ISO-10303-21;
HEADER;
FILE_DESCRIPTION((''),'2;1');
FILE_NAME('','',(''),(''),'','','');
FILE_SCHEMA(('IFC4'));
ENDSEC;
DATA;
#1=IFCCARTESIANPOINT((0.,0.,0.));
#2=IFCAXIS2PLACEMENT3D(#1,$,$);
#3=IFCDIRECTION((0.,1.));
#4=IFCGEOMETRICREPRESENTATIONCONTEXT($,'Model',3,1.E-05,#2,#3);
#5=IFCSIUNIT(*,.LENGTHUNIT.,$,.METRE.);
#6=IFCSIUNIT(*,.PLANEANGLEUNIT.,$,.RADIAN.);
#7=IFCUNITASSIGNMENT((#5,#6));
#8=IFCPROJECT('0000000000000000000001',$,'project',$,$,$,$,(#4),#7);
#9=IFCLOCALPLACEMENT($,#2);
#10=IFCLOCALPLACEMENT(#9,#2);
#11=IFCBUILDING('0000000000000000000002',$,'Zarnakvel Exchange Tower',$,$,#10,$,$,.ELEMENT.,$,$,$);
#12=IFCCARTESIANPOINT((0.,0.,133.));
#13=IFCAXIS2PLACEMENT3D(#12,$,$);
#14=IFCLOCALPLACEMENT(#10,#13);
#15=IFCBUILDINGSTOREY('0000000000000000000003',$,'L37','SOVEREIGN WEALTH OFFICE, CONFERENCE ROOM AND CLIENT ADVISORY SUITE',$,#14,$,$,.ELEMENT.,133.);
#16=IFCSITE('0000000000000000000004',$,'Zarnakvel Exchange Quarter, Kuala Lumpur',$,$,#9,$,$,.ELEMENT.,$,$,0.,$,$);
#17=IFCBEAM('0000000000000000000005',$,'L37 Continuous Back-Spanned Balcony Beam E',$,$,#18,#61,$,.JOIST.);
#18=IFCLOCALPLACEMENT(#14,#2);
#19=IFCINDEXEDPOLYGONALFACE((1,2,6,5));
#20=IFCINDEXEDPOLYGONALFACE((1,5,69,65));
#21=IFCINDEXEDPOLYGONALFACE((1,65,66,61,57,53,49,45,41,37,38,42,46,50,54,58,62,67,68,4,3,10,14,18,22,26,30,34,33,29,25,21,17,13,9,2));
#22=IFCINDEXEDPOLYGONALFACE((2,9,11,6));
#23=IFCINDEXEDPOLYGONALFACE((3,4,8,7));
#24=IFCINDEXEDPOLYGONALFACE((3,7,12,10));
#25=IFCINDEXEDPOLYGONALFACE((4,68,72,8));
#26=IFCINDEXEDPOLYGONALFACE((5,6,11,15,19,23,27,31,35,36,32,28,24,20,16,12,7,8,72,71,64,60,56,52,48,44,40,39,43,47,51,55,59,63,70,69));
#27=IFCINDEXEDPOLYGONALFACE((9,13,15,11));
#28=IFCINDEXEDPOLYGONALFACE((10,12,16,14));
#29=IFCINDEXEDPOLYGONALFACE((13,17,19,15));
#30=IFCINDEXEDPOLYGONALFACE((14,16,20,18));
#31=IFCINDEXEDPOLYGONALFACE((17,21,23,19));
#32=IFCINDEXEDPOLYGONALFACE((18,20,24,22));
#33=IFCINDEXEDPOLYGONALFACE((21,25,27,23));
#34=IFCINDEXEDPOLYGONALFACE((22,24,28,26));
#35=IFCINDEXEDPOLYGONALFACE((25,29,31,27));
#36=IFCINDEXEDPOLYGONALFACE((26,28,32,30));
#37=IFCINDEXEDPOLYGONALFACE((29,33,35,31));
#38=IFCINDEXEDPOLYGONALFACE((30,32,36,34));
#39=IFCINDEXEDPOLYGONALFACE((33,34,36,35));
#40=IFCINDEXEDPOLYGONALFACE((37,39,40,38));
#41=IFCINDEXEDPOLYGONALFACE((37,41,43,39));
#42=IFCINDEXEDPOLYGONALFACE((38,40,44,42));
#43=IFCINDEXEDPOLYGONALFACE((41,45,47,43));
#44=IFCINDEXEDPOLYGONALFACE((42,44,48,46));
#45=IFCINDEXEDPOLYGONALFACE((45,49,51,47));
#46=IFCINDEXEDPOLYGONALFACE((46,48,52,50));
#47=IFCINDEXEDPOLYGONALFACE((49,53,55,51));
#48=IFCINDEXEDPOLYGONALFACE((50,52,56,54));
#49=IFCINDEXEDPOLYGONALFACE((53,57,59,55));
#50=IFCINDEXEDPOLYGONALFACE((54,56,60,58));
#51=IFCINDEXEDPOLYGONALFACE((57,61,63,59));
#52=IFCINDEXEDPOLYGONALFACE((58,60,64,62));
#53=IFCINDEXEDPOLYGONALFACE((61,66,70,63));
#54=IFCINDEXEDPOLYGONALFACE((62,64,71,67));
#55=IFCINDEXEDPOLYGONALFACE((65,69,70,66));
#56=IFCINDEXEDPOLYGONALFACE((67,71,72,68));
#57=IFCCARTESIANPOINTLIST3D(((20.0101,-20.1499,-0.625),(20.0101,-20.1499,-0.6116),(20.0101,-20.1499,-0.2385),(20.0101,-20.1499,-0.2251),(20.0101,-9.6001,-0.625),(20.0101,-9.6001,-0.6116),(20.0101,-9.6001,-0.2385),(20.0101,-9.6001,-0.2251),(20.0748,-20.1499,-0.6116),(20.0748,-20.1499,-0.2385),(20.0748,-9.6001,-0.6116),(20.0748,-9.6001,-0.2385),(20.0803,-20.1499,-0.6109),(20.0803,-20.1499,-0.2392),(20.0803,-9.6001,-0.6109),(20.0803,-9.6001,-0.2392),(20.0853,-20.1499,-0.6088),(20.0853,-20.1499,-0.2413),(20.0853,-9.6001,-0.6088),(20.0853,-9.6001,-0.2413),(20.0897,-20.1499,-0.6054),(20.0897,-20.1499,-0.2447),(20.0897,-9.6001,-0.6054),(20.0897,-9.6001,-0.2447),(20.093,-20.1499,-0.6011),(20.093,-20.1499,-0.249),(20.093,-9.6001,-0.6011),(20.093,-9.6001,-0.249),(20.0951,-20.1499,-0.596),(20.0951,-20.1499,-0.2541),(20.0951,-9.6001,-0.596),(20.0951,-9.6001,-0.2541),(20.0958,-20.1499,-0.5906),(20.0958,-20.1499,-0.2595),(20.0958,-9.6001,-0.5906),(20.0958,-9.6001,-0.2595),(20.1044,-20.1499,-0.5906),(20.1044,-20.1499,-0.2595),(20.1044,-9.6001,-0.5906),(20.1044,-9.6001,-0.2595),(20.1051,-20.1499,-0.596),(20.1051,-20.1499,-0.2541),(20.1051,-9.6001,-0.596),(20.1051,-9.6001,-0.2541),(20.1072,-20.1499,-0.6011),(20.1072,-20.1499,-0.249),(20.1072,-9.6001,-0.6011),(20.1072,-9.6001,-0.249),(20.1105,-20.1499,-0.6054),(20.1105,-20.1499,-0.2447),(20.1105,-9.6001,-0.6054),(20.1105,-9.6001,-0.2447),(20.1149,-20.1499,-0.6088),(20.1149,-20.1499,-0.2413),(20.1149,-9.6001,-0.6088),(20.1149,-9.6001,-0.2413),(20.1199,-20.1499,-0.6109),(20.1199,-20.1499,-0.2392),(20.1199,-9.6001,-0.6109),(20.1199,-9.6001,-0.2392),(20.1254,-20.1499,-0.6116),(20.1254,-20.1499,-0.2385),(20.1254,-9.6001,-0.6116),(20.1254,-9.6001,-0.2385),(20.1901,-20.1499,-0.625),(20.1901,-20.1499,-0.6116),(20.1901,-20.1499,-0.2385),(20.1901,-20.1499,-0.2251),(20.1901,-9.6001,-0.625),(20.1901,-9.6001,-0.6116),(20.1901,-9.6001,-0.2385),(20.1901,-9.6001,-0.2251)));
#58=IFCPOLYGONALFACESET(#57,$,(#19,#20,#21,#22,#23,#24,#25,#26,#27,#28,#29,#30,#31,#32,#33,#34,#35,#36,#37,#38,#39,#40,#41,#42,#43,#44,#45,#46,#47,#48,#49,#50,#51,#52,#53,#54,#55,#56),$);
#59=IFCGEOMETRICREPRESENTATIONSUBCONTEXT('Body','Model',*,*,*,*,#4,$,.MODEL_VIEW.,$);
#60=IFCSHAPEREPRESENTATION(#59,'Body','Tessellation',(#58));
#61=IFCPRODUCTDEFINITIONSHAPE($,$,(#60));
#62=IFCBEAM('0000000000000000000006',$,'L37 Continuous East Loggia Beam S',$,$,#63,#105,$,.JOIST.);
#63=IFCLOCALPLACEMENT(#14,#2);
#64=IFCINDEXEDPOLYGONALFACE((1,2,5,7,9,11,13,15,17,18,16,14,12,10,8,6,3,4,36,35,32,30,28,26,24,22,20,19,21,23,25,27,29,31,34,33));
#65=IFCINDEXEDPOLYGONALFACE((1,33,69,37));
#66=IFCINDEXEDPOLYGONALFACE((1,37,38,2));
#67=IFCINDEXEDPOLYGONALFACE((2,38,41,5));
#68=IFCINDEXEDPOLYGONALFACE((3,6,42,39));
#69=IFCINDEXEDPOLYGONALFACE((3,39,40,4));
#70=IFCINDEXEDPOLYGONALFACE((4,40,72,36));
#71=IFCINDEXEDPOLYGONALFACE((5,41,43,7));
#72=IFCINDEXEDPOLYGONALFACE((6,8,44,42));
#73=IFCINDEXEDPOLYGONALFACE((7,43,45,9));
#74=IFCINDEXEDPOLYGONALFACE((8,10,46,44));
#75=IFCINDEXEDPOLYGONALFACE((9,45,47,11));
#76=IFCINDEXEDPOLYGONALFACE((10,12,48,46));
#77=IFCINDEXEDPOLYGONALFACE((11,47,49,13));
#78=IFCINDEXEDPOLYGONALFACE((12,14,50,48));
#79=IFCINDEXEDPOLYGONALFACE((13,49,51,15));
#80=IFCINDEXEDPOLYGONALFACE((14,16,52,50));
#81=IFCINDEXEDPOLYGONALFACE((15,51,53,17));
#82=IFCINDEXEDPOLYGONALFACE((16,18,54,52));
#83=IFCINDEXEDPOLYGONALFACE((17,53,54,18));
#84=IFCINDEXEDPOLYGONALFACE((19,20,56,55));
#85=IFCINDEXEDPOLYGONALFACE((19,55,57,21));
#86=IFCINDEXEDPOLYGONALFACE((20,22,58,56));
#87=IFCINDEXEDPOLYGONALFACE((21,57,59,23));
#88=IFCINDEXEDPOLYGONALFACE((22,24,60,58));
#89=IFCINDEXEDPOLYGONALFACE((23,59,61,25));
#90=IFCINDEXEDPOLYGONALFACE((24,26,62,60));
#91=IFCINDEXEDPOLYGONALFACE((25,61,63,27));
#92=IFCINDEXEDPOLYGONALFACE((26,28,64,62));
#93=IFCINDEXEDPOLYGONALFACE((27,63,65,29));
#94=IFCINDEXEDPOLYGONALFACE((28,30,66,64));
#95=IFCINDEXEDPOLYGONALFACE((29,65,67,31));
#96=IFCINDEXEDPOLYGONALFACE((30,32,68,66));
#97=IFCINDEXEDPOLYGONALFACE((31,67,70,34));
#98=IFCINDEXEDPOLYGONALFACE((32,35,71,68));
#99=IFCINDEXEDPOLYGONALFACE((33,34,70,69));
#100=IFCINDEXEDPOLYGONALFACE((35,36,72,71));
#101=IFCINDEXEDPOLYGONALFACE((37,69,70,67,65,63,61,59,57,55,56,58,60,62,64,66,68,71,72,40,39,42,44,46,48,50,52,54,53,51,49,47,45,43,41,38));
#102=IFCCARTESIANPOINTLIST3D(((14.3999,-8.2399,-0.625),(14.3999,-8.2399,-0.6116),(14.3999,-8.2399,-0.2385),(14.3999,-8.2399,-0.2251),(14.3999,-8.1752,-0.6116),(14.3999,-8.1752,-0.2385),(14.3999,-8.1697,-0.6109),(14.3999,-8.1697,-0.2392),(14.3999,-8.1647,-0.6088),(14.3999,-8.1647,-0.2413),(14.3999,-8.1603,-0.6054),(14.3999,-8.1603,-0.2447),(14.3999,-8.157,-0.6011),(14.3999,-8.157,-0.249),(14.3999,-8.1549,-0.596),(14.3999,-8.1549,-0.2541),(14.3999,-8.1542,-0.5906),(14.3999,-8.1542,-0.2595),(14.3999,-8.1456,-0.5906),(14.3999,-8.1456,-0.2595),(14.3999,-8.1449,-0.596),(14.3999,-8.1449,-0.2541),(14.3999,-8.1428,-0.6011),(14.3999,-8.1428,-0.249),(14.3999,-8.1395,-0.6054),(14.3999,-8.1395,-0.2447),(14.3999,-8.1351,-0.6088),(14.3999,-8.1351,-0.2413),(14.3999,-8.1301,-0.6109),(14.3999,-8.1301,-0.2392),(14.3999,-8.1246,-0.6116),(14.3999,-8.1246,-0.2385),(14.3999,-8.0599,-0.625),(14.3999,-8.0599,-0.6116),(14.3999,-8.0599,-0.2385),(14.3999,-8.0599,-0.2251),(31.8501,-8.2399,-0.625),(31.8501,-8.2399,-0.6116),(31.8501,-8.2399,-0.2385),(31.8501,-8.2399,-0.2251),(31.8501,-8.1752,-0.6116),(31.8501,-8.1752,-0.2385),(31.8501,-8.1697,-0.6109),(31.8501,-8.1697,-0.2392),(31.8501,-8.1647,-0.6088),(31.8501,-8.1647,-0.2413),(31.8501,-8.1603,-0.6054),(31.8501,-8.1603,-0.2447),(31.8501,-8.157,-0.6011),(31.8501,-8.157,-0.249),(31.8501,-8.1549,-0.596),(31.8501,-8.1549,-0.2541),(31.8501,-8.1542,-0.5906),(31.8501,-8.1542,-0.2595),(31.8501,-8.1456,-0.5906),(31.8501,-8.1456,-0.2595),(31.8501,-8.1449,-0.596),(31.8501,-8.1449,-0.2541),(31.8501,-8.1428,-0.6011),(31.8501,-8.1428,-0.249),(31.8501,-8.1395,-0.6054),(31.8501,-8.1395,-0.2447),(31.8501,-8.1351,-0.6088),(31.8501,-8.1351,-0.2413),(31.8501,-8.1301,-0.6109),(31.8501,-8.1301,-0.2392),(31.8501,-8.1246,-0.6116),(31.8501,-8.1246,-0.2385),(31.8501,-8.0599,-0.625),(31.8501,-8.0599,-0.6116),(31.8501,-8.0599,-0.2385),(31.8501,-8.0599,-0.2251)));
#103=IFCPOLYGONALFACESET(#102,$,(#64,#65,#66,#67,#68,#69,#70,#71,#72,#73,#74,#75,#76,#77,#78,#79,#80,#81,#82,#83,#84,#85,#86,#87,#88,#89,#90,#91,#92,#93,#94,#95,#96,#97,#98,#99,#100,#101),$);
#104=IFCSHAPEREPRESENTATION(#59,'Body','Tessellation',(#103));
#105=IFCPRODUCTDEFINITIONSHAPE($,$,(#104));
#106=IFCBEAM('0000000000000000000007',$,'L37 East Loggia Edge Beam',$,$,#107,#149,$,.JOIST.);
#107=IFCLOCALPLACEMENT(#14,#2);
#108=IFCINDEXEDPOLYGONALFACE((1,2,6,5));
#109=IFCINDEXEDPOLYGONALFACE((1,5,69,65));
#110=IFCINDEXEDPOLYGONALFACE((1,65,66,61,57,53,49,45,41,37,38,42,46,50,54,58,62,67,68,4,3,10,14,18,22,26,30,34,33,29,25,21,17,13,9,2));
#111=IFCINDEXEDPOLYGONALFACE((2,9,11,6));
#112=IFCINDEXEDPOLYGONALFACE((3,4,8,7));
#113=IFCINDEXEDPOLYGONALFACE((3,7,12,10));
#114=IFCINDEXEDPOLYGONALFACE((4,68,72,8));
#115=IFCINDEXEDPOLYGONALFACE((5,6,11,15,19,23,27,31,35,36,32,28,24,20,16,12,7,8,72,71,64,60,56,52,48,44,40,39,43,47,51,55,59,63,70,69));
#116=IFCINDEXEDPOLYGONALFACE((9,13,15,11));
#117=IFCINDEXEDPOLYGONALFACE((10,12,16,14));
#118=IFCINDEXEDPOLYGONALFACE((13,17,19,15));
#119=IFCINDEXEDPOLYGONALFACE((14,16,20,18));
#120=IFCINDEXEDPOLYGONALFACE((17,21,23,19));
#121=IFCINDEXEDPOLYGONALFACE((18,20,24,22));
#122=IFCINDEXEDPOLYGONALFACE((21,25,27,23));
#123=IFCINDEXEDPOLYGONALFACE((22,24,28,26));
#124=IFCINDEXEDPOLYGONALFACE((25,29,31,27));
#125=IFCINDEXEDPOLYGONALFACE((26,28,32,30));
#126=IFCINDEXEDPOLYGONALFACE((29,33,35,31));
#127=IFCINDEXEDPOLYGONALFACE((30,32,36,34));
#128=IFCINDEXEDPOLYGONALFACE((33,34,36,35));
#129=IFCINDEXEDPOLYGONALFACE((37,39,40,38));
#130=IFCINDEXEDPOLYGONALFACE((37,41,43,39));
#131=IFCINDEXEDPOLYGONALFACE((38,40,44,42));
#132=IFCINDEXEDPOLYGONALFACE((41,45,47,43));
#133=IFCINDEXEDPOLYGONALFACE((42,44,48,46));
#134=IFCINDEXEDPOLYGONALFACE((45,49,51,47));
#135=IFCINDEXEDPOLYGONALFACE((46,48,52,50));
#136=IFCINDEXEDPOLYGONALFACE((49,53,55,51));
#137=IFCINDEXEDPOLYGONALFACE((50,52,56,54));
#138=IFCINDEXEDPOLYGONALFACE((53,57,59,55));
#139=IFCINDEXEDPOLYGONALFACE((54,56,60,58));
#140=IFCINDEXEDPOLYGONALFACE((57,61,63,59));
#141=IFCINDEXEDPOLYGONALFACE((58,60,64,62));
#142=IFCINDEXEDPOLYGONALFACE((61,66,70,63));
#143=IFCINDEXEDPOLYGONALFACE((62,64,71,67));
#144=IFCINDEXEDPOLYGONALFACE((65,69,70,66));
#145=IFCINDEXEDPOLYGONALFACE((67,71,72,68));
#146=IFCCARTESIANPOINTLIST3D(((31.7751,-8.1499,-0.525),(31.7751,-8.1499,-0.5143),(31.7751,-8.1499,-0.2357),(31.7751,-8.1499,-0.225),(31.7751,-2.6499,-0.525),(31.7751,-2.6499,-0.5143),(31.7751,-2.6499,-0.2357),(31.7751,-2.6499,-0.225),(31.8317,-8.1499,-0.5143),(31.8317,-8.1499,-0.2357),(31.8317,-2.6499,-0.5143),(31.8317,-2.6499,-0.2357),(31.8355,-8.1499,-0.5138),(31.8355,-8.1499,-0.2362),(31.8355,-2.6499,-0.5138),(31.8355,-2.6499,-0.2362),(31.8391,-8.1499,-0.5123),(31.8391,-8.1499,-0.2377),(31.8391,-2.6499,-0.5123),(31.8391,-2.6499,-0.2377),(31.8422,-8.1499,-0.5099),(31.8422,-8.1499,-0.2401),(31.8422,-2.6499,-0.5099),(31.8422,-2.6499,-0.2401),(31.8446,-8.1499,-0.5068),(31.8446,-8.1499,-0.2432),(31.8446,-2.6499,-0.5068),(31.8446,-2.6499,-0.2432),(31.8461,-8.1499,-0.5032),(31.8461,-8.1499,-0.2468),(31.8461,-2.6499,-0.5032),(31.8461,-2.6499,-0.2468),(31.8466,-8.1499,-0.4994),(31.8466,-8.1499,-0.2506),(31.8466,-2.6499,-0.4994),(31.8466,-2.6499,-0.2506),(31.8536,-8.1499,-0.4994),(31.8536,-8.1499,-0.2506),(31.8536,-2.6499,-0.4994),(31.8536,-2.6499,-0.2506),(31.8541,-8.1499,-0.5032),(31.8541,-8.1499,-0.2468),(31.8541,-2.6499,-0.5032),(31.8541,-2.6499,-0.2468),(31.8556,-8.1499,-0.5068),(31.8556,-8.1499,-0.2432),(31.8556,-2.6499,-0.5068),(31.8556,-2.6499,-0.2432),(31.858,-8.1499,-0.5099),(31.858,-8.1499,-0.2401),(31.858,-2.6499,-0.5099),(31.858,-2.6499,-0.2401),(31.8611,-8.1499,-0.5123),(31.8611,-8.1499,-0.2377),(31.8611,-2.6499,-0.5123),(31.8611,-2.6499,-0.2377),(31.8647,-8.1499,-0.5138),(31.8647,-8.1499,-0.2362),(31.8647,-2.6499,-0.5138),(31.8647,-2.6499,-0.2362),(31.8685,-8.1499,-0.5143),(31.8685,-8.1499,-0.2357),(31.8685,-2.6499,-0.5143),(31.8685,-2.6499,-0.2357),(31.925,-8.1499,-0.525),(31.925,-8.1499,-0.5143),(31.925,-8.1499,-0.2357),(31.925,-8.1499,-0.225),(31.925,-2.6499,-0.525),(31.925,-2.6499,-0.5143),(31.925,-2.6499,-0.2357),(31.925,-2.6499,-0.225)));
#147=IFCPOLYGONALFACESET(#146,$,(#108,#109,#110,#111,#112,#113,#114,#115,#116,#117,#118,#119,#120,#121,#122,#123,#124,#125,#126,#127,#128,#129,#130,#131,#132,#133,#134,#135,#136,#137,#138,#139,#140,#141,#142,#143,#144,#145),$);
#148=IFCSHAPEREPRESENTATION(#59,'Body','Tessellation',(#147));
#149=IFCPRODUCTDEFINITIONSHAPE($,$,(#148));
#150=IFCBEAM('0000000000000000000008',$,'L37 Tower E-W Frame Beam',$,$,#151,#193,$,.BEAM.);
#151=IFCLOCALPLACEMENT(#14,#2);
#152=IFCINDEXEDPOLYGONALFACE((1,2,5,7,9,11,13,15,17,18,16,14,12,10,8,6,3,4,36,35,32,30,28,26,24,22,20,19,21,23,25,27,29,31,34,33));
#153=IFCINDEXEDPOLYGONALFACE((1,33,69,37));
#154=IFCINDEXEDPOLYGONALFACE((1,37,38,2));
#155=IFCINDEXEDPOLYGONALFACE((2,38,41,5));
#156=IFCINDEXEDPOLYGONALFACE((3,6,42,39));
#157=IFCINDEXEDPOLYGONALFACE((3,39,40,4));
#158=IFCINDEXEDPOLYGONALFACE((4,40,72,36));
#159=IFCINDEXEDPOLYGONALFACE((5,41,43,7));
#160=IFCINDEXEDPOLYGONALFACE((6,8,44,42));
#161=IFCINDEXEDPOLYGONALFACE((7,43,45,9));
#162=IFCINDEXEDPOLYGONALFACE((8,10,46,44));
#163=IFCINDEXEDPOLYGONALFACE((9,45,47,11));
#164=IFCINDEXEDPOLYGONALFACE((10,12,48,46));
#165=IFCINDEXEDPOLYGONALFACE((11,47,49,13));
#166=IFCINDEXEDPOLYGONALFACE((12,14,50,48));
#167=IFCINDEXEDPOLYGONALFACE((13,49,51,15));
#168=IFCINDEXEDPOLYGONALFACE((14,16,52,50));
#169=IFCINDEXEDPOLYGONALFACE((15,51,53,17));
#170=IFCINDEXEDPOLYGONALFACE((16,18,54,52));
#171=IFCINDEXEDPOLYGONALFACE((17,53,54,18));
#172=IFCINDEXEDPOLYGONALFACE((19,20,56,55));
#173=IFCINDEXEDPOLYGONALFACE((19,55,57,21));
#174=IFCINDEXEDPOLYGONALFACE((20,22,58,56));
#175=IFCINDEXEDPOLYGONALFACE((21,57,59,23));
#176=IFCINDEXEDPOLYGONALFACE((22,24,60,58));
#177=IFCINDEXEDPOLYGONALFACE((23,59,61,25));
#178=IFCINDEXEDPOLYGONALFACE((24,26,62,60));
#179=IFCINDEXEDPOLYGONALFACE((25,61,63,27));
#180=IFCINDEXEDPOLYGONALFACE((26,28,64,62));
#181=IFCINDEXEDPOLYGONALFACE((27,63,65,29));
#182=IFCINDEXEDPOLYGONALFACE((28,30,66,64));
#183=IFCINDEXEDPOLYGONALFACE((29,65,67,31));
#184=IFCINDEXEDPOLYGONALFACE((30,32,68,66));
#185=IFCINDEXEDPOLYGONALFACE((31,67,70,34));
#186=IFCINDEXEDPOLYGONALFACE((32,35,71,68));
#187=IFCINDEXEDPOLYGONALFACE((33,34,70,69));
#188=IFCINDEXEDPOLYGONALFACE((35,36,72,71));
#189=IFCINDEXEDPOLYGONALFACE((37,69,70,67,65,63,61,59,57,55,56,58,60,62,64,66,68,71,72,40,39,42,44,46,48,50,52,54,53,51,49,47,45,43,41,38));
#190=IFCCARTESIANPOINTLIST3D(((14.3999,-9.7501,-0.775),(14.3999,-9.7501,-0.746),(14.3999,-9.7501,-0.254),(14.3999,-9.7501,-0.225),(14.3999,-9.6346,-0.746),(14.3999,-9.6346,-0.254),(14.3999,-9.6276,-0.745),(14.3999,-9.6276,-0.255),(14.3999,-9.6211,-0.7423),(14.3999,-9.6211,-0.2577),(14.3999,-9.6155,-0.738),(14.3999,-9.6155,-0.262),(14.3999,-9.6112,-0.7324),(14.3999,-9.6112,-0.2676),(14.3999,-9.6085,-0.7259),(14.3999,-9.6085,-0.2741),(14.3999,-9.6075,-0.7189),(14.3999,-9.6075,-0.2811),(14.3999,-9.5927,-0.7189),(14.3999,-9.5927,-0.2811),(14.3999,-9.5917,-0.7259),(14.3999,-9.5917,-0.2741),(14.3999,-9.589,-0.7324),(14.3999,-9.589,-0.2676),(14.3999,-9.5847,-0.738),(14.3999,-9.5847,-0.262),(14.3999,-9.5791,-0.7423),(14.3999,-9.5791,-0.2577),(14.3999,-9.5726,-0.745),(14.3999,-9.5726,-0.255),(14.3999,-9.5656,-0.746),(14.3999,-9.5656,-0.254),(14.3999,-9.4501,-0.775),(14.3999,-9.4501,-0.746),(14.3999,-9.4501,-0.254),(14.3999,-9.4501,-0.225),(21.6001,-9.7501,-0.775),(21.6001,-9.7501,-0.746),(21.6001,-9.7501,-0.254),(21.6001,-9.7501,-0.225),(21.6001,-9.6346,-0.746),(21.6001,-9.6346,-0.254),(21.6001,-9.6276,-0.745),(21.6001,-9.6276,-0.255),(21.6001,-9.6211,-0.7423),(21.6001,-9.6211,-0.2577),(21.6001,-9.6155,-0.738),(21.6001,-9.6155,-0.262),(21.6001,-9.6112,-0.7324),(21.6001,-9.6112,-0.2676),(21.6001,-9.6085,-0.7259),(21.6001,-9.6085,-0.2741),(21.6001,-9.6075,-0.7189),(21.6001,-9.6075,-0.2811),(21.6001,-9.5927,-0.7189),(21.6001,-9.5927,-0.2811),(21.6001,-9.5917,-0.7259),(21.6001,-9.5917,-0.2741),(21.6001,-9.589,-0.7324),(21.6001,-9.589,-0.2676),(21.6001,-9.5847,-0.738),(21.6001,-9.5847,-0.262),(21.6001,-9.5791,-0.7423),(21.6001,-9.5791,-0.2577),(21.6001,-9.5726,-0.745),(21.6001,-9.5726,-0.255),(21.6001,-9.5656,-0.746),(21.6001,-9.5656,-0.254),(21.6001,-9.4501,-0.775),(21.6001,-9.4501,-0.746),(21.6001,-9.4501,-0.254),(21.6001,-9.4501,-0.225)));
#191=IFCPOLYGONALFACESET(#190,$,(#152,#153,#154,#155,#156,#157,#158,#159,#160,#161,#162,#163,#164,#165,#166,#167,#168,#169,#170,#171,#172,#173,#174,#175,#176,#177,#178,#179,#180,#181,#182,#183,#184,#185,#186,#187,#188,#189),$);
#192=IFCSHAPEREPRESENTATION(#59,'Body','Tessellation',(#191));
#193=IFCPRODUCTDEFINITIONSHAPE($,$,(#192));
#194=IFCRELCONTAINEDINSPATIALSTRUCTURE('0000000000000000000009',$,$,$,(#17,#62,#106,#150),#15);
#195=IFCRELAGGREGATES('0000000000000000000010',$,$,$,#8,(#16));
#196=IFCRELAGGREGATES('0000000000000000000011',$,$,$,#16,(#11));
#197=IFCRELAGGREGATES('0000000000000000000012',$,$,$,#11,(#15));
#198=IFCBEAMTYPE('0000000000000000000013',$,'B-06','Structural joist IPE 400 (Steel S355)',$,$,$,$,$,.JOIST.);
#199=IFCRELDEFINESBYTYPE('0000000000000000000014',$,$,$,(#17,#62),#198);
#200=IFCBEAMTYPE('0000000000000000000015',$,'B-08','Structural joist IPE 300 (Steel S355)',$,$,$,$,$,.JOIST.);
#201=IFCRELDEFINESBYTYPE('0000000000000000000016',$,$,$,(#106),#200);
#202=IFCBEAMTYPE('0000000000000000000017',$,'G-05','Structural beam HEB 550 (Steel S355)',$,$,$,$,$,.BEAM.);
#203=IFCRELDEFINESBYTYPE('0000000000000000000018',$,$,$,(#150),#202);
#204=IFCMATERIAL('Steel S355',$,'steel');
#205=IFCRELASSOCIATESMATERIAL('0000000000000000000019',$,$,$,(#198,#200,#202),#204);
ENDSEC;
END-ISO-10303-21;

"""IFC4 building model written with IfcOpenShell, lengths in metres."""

from ifc_helpers import new_model, si_unit, direction, frame, origin, origin_2d, place, context, subcontext, project, spatial, i_section, extrude, material, material_profile, profile_set, type_object, element, save


model = new_model("IFC4")

# Units and contexts
model_context = context("Model", 3, precision=1e-05, world=origin(), true_north=direction((0.0, 1.0)))
body_context = subcontext(model_context, "Body", "Model", "MODEL_VIEW")
ifc_project = project(units=[si_unit("LENGTHUNIT", "METRE"), si_unit("PLANEANGLEUNIT", "RADIAN")], contexts=[model_context])

# Site, building, storey
site_placement = place(None, origin())
site = spatial("IfcSite", under=ifc_project, at=site_placement, Name="Zarnakvel Exchange Quarter, Kuala Lumpur", CompositionType="ELEMENT", RefElevation=0.0)
building_placement = place(site_placement, origin())
building = spatial("IfcBuilding", under=site, at=building_placement, Name="Zarnakvel Exchange Tower", CompositionType="ELEMENT")
storey_placement = place(building_placement, frame((0.0, 0.0, 133.0)))
storey = spatial("IfcBuildingStorey", under=building, at=storey_placement, Name="L37", Description="SOVEREIGN WEALTH OFFICE, CONFERENCE ROOM AND CLIENT ADVISORY SUITE", CompositionType="ELEMENT", Elevation=133.0)

# Shared definitions
ifc_material_1 = material(Name="Steel S355", Category="steel")

# Beams
ifc_material_profile_1 = material_profile(ifc_material_1, i_section(OverallWidth=0.1799, OverallDepth=0.3999, WebThickness=0.0085, FlangeThickness=0.0134, FilletRadius=0.021, at=origin_2d()))
ifc_profile_set_1 = profile_set([ifc_material_profile_1], Name="Steel S355")
beam_type_1 = type_object("IfcBeamType", Name="B-06", Description="Structural joist IPE 400 (Steel S355)", PredefinedType="JOIST", material=ifc_profile_set_1)
beam_1_placement = place(storey_placement, frame((20.1001, -9.6001, -0.425), z_axis=(0.0, -1.0, 0.0), x_axis=(1.0, 0.0, 0.0)))
element("IfcBeam", 1, at=beam_1_placement, inside=storey, type_object=beam_type_1, Name="L37 Continuous Back-Spanned Balcony Beam E", PredefinedType="JOIST", context=body_context, shape_type="SweptSolid", body=[
    extrude(i_section(OverallWidth=0.1799, OverallDepth=0.3999, WebThickness=0.0085, FlangeThickness=0.0134, FilletRadius=0.021, at=origin_2d()), origin(), (0.0, 0.0, 1.0), 10.5498),
])
beam_2_placement = place(storey_placement, frame((14.3999, -8.1499, -0.425), z_axis=(1.0, 0.0, 0.0), x_axis=(0.0, 1.0, 0.0)))
element("IfcBeam", 2, at=beam_2_placement, inside=storey, type_object=beam_type_1, Name="L37 Continuous East Loggia Beam S", PredefinedType="JOIST", context=body_context, shape_type="SweptSolid", body=[
    extrude(i_section(OverallWidth=0.1799, OverallDepth=0.3999, WebThickness=0.0085, FlangeThickness=0.0134, FilletRadius=0.021, at=origin_2d()), origin(), (0.0, 0.0, 1.0), 17.4502),
])
ifc_material_profile_2 = material_profile(ifc_material_1, i_section(OverallWidth=0.1499, OverallDepth=0.3, WebThickness=0.0071, FlangeThickness=0.0107, FilletRadius=0.0149, at=origin_2d()))
ifc_profile_set_2 = profile_set([ifc_material_profile_2], Name="Steel S355")
beam_type_2 = type_object("IfcBeamType", Name="B-08", Description="Structural joist IPE 300 (Steel S355)", PredefinedType="JOIST", material=ifc_profile_set_2)
beam_3_placement = place(storey_placement, frame((31.8501, -8.1499, -0.375), z_axis=(0.0, 1.0, 0.0), x_axis=(-1.0, 0.0, 0.0)))
element("IfcBeam", 3, at=beam_3_placement, inside=storey, type_object=beam_type_2, Name="L37 East Loggia Edge Beam", PredefinedType="JOIST", context=body_context, shape_type="SweptSolid", body=[
    extrude(i_section(OverallWidth=0.1499, OverallDepth=0.3, WebThickness=0.0071, FlangeThickness=0.0107, FilletRadius=0.0149, at=origin_2d()), origin(), (0.0, 0.0, 1.0), 5.5),
])
ifc_material_profile_3 = material_profile(ifc_material_1, i_section(OverallWidth=0.3, OverallDepth=0.55, WebThickness=0.0149, FlangeThickness=0.0291, FilletRadius=0.0271, at=origin_2d()))
ifc_profile_set_3 = profile_set([ifc_material_profile_3], Name="Steel S355")
beam_type_3 = type_object("IfcBeamType", Name="G-05", Description="Structural beam HEB 550 (Steel S355)", PredefinedType="BEAM", material=ifc_profile_set_3)
beam_4_placement = place(storey_placement, frame((14.3999, -9.6001, -0.5), z_axis=(1.0, 0.0, 0.0), x_axis=(0.0, 1.0, 0.0)))
element("IfcBeam", 4, at=beam_4_placement, inside=storey, type_object=beam_type_3, Name="L37 Tower E-W Frame Beam", PredefinedType="BEAM", context=body_context, shape_type="SweptSolid", body=[
    extrude(i_section(OverallWidth=0.3, OverallDepth=0.55, WebThickness=0.0149, FlangeThickness=0.0291, FilletRadius=0.0271, at=origin_2d()), origin(), (0.0, 0.0, 1.0), 7.2002),
])

save(model, "model.ifc")
